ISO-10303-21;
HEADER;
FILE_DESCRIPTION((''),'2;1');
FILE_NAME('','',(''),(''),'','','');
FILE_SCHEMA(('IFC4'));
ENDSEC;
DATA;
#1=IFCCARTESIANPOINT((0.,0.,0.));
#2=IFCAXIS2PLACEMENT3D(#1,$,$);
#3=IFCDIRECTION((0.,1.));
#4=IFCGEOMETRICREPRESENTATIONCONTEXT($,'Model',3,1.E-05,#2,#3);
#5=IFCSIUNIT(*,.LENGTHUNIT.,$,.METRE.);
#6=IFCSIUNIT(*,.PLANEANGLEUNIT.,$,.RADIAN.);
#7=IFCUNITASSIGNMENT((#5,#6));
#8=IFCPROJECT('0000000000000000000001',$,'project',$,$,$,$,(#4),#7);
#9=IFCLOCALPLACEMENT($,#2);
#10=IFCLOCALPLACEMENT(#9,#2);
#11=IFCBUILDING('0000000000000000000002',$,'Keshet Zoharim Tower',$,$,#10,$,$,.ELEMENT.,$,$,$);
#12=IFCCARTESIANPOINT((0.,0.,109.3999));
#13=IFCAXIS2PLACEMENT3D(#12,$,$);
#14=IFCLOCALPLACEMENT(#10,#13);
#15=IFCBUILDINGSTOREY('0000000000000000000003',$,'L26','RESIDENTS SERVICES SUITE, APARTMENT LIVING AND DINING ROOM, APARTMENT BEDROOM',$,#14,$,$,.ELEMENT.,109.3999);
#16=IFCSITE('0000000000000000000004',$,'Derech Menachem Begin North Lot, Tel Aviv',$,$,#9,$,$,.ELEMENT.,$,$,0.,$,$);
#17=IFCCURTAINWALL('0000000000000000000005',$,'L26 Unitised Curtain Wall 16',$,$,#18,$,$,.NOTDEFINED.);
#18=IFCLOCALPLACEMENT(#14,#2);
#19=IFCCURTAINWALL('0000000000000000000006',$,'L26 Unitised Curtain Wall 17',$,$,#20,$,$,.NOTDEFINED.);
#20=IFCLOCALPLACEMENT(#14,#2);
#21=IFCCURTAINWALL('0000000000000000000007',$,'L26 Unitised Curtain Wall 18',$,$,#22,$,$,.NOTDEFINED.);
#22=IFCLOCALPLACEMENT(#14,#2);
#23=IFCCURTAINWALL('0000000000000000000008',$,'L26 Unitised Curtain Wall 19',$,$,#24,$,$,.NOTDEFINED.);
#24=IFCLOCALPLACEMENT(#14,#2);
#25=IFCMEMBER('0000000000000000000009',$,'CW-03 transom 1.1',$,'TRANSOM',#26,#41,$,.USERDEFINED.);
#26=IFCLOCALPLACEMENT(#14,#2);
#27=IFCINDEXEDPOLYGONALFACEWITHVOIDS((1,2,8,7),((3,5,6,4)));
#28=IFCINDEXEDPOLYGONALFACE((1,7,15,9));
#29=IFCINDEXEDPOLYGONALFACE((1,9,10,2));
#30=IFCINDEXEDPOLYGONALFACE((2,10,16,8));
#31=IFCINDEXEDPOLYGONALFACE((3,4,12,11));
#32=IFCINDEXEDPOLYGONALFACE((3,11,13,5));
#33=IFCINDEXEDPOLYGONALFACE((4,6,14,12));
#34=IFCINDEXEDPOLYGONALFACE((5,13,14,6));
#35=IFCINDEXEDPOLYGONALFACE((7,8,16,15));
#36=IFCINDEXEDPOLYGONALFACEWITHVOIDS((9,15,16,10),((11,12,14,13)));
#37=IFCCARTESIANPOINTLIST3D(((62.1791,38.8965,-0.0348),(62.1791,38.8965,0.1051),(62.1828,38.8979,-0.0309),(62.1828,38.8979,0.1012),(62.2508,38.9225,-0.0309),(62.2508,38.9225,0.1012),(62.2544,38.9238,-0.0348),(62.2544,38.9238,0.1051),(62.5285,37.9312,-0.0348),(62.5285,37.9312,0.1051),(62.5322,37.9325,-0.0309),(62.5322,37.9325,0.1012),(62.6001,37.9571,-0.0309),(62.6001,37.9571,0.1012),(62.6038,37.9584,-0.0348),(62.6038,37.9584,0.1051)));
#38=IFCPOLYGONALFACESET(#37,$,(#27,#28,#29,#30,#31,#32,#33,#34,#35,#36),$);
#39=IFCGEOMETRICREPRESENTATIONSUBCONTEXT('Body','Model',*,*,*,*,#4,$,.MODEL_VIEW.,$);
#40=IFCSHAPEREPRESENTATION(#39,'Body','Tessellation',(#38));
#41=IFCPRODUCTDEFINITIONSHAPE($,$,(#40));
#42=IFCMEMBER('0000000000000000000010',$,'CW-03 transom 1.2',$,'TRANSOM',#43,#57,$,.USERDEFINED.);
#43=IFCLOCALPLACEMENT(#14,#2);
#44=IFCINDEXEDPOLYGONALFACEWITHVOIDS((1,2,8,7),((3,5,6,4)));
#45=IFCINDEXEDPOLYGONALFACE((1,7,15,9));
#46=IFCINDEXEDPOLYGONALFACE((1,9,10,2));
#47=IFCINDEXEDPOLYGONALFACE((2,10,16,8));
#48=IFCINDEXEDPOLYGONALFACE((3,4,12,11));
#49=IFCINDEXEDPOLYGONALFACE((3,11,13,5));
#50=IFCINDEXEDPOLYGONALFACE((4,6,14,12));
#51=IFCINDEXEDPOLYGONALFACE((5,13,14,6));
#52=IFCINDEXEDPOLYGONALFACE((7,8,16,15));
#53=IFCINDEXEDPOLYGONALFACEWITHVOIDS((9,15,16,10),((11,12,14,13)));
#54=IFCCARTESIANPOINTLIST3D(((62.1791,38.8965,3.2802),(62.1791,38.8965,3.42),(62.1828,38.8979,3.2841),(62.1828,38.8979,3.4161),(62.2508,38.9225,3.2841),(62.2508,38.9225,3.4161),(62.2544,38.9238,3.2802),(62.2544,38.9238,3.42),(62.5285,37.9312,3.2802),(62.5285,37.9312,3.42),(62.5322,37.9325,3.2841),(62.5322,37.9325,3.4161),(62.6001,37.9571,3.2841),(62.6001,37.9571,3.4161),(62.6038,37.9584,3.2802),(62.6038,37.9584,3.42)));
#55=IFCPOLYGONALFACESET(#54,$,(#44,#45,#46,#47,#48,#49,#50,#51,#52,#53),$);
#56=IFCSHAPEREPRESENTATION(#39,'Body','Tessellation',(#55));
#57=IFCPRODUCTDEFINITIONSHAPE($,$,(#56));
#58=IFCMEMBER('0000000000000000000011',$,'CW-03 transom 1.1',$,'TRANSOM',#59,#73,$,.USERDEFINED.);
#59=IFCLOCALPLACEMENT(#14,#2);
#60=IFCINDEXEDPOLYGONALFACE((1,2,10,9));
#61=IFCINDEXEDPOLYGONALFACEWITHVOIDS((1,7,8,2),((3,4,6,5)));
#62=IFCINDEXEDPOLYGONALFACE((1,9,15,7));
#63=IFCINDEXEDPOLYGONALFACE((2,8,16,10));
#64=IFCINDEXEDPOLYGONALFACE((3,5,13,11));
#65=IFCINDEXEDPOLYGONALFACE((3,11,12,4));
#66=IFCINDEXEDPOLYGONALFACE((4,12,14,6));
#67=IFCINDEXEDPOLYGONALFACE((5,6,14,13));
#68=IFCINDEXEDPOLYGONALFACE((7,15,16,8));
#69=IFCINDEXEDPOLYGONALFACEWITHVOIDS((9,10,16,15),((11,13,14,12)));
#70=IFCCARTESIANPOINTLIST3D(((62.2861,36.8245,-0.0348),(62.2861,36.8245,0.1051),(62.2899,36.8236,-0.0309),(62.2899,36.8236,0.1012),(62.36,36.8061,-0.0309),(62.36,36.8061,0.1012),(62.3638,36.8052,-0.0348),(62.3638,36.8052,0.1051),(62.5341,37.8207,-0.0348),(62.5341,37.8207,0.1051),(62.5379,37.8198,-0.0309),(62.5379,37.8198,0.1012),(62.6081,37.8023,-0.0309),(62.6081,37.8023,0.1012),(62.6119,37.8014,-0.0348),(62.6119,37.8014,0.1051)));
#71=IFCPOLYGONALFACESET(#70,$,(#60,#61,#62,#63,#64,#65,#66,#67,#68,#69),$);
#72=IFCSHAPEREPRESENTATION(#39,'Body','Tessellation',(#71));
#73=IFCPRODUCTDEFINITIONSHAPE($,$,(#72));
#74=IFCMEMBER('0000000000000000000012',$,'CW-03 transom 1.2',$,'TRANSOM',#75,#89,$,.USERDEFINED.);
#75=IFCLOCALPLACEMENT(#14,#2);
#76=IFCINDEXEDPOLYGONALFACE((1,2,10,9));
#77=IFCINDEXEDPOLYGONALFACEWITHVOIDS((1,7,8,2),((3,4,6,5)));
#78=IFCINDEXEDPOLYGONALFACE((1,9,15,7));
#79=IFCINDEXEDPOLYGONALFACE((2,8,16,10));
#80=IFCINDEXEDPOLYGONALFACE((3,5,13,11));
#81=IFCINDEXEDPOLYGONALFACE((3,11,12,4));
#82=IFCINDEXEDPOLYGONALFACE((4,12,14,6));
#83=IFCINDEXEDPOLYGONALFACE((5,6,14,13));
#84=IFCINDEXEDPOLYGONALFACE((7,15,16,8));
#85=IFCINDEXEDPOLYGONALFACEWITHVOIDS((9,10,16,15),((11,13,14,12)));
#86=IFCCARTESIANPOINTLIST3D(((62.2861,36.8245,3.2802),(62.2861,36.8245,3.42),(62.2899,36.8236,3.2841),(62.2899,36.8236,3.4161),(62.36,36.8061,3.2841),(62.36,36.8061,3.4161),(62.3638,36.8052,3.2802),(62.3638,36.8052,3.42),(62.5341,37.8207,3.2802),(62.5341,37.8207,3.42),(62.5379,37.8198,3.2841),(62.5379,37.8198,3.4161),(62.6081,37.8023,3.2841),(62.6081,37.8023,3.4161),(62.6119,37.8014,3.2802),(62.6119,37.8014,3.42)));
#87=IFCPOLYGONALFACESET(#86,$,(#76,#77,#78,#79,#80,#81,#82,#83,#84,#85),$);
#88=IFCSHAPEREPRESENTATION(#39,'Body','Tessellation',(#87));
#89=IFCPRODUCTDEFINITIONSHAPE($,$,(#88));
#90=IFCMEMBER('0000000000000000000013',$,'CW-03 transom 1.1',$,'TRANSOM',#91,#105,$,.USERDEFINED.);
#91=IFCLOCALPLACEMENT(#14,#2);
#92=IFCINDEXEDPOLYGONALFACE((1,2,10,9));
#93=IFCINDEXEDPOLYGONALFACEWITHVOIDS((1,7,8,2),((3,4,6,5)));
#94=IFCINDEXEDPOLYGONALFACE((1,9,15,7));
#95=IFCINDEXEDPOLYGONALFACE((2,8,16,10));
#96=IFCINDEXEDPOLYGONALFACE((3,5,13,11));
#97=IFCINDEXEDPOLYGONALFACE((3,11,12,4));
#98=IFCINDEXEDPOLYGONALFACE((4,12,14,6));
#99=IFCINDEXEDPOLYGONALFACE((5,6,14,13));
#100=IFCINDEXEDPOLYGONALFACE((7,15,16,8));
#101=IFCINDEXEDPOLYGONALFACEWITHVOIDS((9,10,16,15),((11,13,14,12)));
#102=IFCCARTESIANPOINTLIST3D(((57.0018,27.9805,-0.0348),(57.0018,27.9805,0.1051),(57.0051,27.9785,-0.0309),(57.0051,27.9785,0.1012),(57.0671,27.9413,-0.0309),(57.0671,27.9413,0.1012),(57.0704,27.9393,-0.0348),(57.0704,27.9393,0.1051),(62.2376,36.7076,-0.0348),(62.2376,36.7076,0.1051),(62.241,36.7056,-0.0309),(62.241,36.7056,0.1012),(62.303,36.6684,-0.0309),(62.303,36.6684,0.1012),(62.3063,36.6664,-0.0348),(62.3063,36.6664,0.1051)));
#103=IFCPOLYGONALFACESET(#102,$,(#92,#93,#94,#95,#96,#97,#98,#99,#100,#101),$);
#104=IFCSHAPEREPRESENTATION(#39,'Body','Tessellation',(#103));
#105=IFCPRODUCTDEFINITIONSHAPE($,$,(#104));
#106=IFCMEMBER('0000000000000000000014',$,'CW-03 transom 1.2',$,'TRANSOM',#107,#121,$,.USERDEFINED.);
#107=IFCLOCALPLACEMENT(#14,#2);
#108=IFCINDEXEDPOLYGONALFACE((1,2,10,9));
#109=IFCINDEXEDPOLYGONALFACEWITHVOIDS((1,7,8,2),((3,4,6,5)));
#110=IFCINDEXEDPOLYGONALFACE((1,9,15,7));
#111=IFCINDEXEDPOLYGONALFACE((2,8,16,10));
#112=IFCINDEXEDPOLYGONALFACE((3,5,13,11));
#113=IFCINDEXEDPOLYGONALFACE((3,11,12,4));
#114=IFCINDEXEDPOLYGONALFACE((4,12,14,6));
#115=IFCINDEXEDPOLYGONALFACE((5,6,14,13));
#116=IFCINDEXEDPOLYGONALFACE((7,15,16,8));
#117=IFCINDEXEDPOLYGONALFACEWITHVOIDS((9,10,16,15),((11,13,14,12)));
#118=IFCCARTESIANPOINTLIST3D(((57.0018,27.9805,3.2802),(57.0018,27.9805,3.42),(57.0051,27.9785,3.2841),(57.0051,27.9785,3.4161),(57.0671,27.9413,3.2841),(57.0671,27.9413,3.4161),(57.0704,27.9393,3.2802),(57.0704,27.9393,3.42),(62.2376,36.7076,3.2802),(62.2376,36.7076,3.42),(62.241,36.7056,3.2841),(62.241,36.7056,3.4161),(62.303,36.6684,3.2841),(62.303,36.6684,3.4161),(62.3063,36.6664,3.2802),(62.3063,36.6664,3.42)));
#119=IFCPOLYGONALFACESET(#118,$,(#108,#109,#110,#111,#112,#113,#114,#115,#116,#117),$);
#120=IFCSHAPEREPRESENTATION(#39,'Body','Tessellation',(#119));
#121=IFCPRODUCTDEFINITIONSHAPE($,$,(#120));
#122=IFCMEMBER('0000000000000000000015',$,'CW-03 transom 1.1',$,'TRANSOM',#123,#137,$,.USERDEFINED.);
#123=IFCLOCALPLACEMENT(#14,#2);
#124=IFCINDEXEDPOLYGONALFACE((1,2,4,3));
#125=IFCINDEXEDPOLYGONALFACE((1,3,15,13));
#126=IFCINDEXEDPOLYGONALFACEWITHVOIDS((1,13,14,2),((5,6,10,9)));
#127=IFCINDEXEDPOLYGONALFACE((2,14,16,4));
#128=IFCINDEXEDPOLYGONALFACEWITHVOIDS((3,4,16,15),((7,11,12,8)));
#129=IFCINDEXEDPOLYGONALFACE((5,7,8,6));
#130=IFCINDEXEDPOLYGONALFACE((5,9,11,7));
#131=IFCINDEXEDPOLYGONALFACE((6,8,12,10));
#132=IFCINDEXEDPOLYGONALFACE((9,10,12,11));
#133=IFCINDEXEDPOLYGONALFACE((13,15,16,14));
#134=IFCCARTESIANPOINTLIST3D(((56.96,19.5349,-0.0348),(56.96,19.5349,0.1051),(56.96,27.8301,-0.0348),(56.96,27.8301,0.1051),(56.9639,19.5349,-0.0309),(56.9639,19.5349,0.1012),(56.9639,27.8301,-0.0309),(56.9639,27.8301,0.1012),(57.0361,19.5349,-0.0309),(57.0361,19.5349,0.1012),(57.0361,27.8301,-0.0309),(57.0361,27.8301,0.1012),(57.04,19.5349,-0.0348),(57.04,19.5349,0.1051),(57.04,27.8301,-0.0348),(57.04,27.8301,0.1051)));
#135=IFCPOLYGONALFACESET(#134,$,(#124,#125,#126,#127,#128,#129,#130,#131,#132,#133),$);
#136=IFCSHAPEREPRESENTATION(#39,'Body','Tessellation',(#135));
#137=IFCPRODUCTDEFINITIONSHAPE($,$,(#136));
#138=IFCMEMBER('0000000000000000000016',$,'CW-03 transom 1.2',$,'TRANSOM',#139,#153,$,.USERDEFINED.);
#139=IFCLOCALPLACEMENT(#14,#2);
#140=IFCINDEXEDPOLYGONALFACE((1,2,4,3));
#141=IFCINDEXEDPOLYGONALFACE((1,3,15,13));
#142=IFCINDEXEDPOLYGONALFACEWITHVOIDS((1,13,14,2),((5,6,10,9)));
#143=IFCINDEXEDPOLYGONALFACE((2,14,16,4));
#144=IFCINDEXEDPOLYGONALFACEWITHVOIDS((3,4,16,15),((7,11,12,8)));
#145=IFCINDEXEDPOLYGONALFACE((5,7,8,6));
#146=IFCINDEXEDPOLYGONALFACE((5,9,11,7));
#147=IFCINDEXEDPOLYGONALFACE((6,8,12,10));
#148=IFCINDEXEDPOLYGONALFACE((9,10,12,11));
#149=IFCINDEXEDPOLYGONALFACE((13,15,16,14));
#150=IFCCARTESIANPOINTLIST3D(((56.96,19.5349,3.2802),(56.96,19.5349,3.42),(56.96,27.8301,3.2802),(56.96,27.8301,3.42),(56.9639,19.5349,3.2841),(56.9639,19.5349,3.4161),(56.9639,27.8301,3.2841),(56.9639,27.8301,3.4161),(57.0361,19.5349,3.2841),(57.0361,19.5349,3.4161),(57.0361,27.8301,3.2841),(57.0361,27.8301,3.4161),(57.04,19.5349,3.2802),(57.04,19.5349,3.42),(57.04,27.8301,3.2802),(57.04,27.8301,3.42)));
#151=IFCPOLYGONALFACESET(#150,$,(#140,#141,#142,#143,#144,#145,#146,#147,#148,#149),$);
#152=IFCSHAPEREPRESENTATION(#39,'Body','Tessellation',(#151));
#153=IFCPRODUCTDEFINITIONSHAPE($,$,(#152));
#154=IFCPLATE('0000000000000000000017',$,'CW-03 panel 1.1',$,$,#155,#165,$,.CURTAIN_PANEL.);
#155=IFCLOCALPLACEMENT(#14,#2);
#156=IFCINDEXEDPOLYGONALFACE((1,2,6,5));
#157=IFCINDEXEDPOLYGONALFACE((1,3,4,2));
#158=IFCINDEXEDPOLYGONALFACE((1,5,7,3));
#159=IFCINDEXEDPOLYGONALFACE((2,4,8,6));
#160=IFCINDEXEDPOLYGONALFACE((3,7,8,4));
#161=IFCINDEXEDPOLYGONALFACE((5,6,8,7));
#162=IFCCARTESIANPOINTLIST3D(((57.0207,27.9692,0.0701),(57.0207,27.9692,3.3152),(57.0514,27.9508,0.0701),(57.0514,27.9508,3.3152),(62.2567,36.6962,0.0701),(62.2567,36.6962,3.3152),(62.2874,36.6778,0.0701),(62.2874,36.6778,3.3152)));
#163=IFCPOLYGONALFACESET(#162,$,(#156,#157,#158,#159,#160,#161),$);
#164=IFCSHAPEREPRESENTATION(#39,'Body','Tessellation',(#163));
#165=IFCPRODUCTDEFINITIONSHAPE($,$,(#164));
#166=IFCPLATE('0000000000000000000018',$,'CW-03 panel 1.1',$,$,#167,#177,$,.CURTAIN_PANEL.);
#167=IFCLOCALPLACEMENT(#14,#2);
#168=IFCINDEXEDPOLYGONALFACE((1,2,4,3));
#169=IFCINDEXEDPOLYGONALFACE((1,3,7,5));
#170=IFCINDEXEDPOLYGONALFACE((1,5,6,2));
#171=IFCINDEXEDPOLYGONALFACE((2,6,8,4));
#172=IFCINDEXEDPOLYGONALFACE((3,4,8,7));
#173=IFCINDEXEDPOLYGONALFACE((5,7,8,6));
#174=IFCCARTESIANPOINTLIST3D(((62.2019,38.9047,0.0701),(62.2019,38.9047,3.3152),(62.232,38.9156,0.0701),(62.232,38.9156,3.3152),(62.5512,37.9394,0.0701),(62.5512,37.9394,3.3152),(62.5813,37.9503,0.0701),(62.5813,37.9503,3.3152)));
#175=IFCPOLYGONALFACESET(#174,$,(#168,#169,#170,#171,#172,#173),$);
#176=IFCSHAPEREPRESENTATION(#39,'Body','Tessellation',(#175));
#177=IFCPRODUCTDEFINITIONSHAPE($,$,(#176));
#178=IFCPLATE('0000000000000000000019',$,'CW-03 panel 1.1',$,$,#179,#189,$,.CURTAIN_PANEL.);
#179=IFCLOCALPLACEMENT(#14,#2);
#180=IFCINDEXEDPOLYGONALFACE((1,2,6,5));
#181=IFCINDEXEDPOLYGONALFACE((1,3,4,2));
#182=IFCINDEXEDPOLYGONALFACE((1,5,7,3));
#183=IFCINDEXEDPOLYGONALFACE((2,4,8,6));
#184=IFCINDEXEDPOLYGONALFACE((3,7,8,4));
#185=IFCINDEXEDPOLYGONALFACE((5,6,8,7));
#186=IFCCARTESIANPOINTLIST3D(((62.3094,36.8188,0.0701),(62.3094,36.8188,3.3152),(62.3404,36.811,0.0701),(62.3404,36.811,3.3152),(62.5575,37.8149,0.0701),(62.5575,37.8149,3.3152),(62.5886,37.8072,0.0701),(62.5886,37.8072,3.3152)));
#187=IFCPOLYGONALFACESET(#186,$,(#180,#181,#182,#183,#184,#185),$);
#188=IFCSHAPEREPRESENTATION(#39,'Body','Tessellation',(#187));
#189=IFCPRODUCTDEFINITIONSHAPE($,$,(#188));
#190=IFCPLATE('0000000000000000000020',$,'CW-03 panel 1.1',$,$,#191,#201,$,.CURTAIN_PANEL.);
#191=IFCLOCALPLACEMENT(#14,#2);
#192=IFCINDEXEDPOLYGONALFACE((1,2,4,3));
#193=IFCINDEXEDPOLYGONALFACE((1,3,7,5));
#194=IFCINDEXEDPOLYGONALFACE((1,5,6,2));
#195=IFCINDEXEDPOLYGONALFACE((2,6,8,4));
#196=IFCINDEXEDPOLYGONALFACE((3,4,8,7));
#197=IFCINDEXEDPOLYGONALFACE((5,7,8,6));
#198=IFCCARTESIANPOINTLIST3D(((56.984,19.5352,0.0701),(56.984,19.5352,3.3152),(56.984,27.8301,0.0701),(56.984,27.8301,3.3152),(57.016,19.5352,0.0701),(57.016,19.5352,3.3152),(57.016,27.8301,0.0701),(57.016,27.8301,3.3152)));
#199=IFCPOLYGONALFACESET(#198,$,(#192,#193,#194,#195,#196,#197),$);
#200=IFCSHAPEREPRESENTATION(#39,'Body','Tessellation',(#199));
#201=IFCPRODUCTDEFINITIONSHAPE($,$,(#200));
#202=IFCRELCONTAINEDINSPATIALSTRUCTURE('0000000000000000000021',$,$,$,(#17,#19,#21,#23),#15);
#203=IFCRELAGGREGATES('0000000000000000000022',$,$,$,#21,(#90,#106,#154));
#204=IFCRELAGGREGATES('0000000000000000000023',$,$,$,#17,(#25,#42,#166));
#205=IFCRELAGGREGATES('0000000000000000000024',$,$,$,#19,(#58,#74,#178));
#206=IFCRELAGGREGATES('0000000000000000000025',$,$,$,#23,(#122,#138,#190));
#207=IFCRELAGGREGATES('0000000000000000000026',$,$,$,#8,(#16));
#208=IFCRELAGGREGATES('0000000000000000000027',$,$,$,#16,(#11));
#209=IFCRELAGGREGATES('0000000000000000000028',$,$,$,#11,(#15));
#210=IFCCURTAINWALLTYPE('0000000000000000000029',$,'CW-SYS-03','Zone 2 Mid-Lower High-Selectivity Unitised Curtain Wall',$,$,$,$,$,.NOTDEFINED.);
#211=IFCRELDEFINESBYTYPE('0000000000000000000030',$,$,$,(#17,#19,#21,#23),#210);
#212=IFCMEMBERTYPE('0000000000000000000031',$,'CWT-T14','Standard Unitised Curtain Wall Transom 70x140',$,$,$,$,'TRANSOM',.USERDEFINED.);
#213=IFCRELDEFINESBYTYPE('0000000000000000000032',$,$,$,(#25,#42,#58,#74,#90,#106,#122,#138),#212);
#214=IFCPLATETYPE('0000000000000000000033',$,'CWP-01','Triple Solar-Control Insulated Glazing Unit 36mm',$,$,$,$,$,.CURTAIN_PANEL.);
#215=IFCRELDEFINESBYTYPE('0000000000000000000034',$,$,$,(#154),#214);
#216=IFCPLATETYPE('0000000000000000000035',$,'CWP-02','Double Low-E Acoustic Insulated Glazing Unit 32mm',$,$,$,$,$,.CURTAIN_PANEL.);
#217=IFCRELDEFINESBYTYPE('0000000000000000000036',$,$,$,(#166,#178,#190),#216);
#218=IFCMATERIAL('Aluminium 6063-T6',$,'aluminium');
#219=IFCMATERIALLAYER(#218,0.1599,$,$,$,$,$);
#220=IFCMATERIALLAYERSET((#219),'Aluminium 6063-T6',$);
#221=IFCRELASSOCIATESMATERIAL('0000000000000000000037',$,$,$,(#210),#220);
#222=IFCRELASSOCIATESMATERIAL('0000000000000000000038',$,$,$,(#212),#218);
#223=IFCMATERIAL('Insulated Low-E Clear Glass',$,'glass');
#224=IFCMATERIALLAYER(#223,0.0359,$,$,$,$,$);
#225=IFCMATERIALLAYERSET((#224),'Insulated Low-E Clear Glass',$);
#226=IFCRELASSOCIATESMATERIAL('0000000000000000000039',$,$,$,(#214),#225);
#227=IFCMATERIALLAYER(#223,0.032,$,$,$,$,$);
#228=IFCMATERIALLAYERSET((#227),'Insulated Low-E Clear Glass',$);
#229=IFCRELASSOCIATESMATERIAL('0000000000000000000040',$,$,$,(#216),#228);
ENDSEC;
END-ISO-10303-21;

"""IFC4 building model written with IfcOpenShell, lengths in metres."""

from ifc_helpers import new_model, si_unit, direction, frame, origin, origin_2d, place, context, subcontext, project, spatial, rectangle, hollow_rectangle, extrude, material, layer, layer_set, material_profile, profile_set, type_object, element, aggregate, save


model = new_model("IFC4")

# Units and contexts
model_context = context("Model", 3, precision=1e-05, world=origin(), true_north=direction((0.0, 1.0)))
body_context = subcontext(model_context, "Body", "Model", "MODEL_VIEW")
ifc_project = project(units=[si_unit("LENGTHUNIT", "METRE"), si_unit("PLANEANGLEUNIT", "RADIAN")], contexts=[model_context])

# Site, building, storey
site_placement = place(None, origin())
site = spatial("IfcSite", under=ifc_project, at=site_placement, Name="Derech Menachem Begin North Lot, Tel Aviv", CompositionType="ELEMENT", RefElevation=0.0)
building_placement = place(site_placement, origin())
building = spatial("IfcBuilding", under=site, at=building_placement, Name="Keshet Zoharim Tower", CompositionType="ELEMENT")
storey_placement = place(building_placement, frame((0.0, 0.0, 109.3999)))
storey = spatial("IfcBuildingStorey", under=building, at=storey_placement, Name="L26", Description="RESIDENTS SERVICES SUITE, APARTMENT LIVING AND DINING ROOM, APARTMENT BEDROOM", CompositionType="ELEMENT", Elevation=109.3999)

# Shared definitions
ifc_material_1 = material(Name="Aluminium 6063-T6", Category="aluminium")
ifc_layer_1 = layer(ifc_material_1, 0.1599)
ifc_layer_set_1 = layer_set([ifc_layer_1], Name="Aluminium 6063-T6")
curtain_wall_type = type_object("IfcCurtainWallType", Name="CW-SYS-03", Description="Zone 2 Mid-Lower High-Selectivity Unitised Curtain Wall", PredefinedType="NOTDEFINED", material=ifc_layer_set_1)

# Curtain walls
curtain_wall_1_placement = place(storey_placement, origin())
curtain_wall_1 = element("IfcCurtainWall", 1, at=curtain_wall_1_placement, inside=storey, type_object=curtain_wall_type, Name="L26 Unitised Curtain Wall 16", PredefinedType="NOTDEFINED")
curtain_wall_2_placement = place(storey_placement, origin())
curtain_wall_2 = element("IfcCurtainWall", 2, at=curtain_wall_2_placement, inside=storey, type_object=curtain_wall_type, Name="L26 Unitised Curtain Wall 17", PredefinedType="NOTDEFINED")
curtain_wall_3_placement = place(storey_placement, origin())
curtain_wall_3 = element("IfcCurtainWall", 3, at=curtain_wall_3_placement, inside=storey, type_object=curtain_wall_type, Name="L26 Unitised Curtain Wall 18", PredefinedType="NOTDEFINED")

# Curtain wall
curtain_wall_4_placement = place(storey_placement, origin())
curtain_wall_4 = element("IfcCurtainWall", 4, at=curtain_wall_4_placement, inside=storey, type_object=curtain_wall_type, Name="L26 Unitised Curtain Wall 19", PredefinedType="NOTDEFINED")

# Members
ifc_material_profile_1 = material_profile(ifc_material_1, hollow_rectangle(XDim=0.0801, YDim=0.1399, WallThickness=0.0039, at=origin_2d()), Name="TRN-80x140")
ifc_profile_set_1 = profile_set([ifc_material_profile_1], Name="Aluminium 6063-T6")
member_type_1 = type_object("IfcMemberType", Name="CWT-T14", Description="Standard Unitised Curtain Wall Transom 70x140", ElementType="TRANSOM", PredefinedType="USERDEFINED", material=ifc_profile_set_1)
member_1_placement = place(storey_placement, frame((62.2168, 38.9102, 0.0352), z_axis=(0.340311, -0.940313, 0.0), x_axis=(0.940313, 0.340311, 0.0)))
member_1 = element("IfcMember", 5, at=member_1_placement, type_object=member_type_1, Name="CW-03 transom 1.1", ObjectType="TRANSOM", PredefinedType="USERDEFINED", context=body_context, shape_type="SweptSolid", body=[
    extrude(hollow_rectangle(XDim=0.0801, YDim=0.1399, WallThickness=0.0039, at=origin_2d()), origin(), (0.0, 0.0, 1.0), 1.0266),
])
member_2_placement = place(storey_placement, frame((62.2168, 38.9102, 3.3501), z_axis=(0.340311, -0.940313, 0.0), x_axis=(0.940313, 0.340311, 0.0)))
member_2 = element("IfcMember", 6, at=member_2_placement, type_object=member_type_1, Name="CW-03 transom 1.2", ObjectType="TRANSOM", PredefinedType="USERDEFINED", context=body_context, shape_type="SweptSolid", body=[
    extrude(hollow_rectangle(XDim=0.0801, YDim=0.1399, WallThickness=0.0039, at=origin_2d()), origin(), (0.0, 0.0, 1.0), 1.0266),
])
member_3_placement = place(storey_placement, frame((62.573, 37.811, 0.0352), z_axis=(-0.24164, -0.970366, 0.0), x_axis=(0.970366, -0.24164, 0.0)))
member_3 = element("IfcMember", 7, at=member_3_placement, type_object=member_type_1, Name="CW-03 transom 1.1", ObjectType="TRANSOM", PredefinedType="USERDEFINED", context=body_context, shape_type="SweptSolid", body=[
    extrude(hollow_rectangle(XDim=0.0801, YDim=0.1399, WallThickness=0.0039, at=origin_2d()), origin(), (0.0, 0.0, 1.0), 1.0266),
])
member_4_placement = place(storey_placement, frame((62.573, 37.811, 3.3501), z_axis=(-0.24164, -0.970366, 0.0), x_axis=(0.970366, -0.24164, 0.0)))
member_4 = element("IfcMember", 8, at=member_4_placement, type_object=member_type_1, Name="CW-03 transom 1.2", ObjectType="TRANSOM", PredefinedType="USERDEFINED", context=body_context, shape_type="SweptSolid", body=[
    extrude(hollow_rectangle(XDim=0.0801, YDim=0.1399, WallThickness=0.0039, at=origin_2d()), origin(), (0.0, 0.0, 1.0), 1.0266),
])
member_5_placement = place(storey_placement, frame((62.272, 36.687, 0.0352), z_axis=(-0.514468, -0.85751, 0.0), x_axis=(0.85751, -0.514468, 0.0)))
member_5 = element("IfcMember", 9, at=member_5_placement, type_object=member_type_1, Name="CW-03 transom 1.1", ObjectType="TRANSOM", PredefinedType="USERDEFINED", context=body_context, shape_type="SweptSolid", body=[
    extrude(hollow_rectangle(XDim=0.0801, YDim=0.1399, WallThickness=0.0039, at=origin_2d()), origin(), (0.0, 0.0, 1.0), 10.1772),
])
member_6_placement = place(storey_placement, frame((62.272, 36.687, 3.3501), z_axis=(-0.514468, -0.85751, 0.0), x_axis=(0.85751, -0.514468, 0.0)))
member_6 = element("IfcMember", 10, at=member_6_placement, type_object=member_type_1, Name="CW-03 transom 1.2", ObjectType="TRANSOM", PredefinedType="USERDEFINED", context=body_context, shape_type="SweptSolid", body=[
    extrude(hollow_rectangle(XDim=0.0801, YDim=0.1399, WallThickness=0.0039, at=origin_2d()), origin(), (0.0, 0.0, 1.0), 10.1772),
])
member_7_placement = place(storey_placement, frame((57.0, 27.8301, 0.0352), z_axis=(0.0, -1.0, 0.0), x_axis=(1.0, 0.0, 0.0)))
member_7 = element("IfcMember", 11, at=member_7_placement, type_object=member_type_1, Name="CW-03 transom 1.1", ObjectType="TRANSOM", PredefinedType="USERDEFINED", context=body_context, shape_type="SweptSolid", body=[
    extrude(hollow_rectangle(XDim=0.0801, YDim=0.1399, WallThickness=0.0039, at=origin_2d()), origin(), (0.0, 0.0, 1.0), 8.2952),
])
member_8_placement = place(storey_placement, frame((57.0, 27.8301, 3.3501), z_axis=(0.0, -1.0, 0.0), x_axis=(1.0, 0.0, 0.0)))
member_8 = element("IfcMember", 12, at=member_8_placement, type_object=member_type_1, Name="CW-03 transom 1.2", ObjectType="TRANSOM", PredefinedType="USERDEFINED", context=body_context, shape_type="SweptSolid", body=[
    extrude(hollow_rectangle(XDim=0.0801, YDim=0.1399, WallThickness=0.0039, at=origin_2d()), origin(), (0.0, 0.0, 1.0), 8.2952),
])

# Plates
ifc_material_2 = material(Name="Insulated Low-E Clear Glass", Category="glass")
ifc_layer_2 = layer(ifc_material_2, 0.0359)
ifc_layer_set_2 = layer_set([ifc_layer_2], Name="Insulated Low-E Clear Glass")
plate_type_1 = type_object("IfcPlateType", Name="CWP-01", Description="Triple Solar-Control Insulated Glazing Unit 36mm", PredefinedType="CURTAIN_PANEL", material=ifc_layer_set_2)
plate_1_placement = place(storey_placement, frame((59.6541, 32.3235, 0.0701), z_axis=(0.0, 0.0, 1.0), x_axis=(-0.514482, -0.857501, 0.0)))
plate_1 = element("IfcPlate", 13, at=plate_1_placement, type_object=plate_type_1, Name="CW-03 panel 1.1", PredefinedType="CURTAIN_PANEL", context=body_context, shape_type="SweptSolid", body=[
    extrude(rectangle(XDim=10.1772, YDim=0.0359, at=origin_2d()), origin(), (0.0, 0.0, 1.0), 3.2451),
])
aggregate(curtain_wall_3, [member_5, member_6, plate_1])
ifc_layer_3 = layer(ifc_material_2, 0.032)
ifc_layer_set_3 = layer_set([ifc_layer_3], Name="Insulated Low-E Clear Glass")
plate_type_2 = type_object("IfcPlateType", Name="CWP-02", Description="Double Low-E Acoustic Insulated Glazing Unit 32mm", PredefinedType="CURTAIN_PANEL", material=ifc_layer_set_3)
plate_2_placement = place(storey_placement, frame((62.3916, 38.4275, 0.0701), z_axis=(0.0, 0.0, 1.0), x_axis=(0.340297, -0.940318, 0.0)))
plate_2 = element("IfcPlate", 14, at=plate_2_placement, type_object=plate_type_2, Name="CW-03 panel 1.1", PredefinedType="CURTAIN_PANEL", context=body_context, shape_type="SweptSolid", body=[
    extrude(rectangle(XDim=1.0266, YDim=0.032, at=origin_2d()), origin(), (0.0, 0.0, 1.0), 3.2451),
])
aggregate(curtain_wall_1, [member_1, member_2, plate_2])
plate_3_placement = place(storey_placement, frame((62.449, 37.313, 0.0701), z_axis=(0.0, 0.0, 1.0), x_axis=(-0.241729, -0.970344, 0.0)))
plate_3 = element("IfcPlate", 15, at=plate_3_placement, type_object=plate_type_2, Name="CW-03 panel 1.1", PredefinedType="CURTAIN_PANEL", context=body_context, shape_type="SweptSolid", body=[
    extrude(rectangle(XDim=1.0266, YDim=0.032, at=origin_2d()), origin(), (0.0, 0.0, 1.0), 3.2451),
])
aggregate(curtain_wall_2, [member_3, member_4, plate_3])
plate_4_placement = place(storey_placement, frame((57.0, 23.6826, 0.0701), z_axis=(0.0, 0.0, 1.0), x_axis=(0.0, -1.0, 0.0)))
plate_4 = element("IfcPlate", 16, at=plate_4_placement, type_object=plate_type_2, Name="CW-03 panel 1.1", PredefinedType="CURTAIN_PANEL", context=body_context, shape_type="SweptSolid", body=[
    extrude(rectangle(XDim=8.2949, YDim=0.032, at=origin_2d()), origin(), (0.0, 0.0, 1.0), 3.2451),
])
aggregate(curtain_wall_4, [member_7, member_8, plate_4])

save(model, "model.ifc")
